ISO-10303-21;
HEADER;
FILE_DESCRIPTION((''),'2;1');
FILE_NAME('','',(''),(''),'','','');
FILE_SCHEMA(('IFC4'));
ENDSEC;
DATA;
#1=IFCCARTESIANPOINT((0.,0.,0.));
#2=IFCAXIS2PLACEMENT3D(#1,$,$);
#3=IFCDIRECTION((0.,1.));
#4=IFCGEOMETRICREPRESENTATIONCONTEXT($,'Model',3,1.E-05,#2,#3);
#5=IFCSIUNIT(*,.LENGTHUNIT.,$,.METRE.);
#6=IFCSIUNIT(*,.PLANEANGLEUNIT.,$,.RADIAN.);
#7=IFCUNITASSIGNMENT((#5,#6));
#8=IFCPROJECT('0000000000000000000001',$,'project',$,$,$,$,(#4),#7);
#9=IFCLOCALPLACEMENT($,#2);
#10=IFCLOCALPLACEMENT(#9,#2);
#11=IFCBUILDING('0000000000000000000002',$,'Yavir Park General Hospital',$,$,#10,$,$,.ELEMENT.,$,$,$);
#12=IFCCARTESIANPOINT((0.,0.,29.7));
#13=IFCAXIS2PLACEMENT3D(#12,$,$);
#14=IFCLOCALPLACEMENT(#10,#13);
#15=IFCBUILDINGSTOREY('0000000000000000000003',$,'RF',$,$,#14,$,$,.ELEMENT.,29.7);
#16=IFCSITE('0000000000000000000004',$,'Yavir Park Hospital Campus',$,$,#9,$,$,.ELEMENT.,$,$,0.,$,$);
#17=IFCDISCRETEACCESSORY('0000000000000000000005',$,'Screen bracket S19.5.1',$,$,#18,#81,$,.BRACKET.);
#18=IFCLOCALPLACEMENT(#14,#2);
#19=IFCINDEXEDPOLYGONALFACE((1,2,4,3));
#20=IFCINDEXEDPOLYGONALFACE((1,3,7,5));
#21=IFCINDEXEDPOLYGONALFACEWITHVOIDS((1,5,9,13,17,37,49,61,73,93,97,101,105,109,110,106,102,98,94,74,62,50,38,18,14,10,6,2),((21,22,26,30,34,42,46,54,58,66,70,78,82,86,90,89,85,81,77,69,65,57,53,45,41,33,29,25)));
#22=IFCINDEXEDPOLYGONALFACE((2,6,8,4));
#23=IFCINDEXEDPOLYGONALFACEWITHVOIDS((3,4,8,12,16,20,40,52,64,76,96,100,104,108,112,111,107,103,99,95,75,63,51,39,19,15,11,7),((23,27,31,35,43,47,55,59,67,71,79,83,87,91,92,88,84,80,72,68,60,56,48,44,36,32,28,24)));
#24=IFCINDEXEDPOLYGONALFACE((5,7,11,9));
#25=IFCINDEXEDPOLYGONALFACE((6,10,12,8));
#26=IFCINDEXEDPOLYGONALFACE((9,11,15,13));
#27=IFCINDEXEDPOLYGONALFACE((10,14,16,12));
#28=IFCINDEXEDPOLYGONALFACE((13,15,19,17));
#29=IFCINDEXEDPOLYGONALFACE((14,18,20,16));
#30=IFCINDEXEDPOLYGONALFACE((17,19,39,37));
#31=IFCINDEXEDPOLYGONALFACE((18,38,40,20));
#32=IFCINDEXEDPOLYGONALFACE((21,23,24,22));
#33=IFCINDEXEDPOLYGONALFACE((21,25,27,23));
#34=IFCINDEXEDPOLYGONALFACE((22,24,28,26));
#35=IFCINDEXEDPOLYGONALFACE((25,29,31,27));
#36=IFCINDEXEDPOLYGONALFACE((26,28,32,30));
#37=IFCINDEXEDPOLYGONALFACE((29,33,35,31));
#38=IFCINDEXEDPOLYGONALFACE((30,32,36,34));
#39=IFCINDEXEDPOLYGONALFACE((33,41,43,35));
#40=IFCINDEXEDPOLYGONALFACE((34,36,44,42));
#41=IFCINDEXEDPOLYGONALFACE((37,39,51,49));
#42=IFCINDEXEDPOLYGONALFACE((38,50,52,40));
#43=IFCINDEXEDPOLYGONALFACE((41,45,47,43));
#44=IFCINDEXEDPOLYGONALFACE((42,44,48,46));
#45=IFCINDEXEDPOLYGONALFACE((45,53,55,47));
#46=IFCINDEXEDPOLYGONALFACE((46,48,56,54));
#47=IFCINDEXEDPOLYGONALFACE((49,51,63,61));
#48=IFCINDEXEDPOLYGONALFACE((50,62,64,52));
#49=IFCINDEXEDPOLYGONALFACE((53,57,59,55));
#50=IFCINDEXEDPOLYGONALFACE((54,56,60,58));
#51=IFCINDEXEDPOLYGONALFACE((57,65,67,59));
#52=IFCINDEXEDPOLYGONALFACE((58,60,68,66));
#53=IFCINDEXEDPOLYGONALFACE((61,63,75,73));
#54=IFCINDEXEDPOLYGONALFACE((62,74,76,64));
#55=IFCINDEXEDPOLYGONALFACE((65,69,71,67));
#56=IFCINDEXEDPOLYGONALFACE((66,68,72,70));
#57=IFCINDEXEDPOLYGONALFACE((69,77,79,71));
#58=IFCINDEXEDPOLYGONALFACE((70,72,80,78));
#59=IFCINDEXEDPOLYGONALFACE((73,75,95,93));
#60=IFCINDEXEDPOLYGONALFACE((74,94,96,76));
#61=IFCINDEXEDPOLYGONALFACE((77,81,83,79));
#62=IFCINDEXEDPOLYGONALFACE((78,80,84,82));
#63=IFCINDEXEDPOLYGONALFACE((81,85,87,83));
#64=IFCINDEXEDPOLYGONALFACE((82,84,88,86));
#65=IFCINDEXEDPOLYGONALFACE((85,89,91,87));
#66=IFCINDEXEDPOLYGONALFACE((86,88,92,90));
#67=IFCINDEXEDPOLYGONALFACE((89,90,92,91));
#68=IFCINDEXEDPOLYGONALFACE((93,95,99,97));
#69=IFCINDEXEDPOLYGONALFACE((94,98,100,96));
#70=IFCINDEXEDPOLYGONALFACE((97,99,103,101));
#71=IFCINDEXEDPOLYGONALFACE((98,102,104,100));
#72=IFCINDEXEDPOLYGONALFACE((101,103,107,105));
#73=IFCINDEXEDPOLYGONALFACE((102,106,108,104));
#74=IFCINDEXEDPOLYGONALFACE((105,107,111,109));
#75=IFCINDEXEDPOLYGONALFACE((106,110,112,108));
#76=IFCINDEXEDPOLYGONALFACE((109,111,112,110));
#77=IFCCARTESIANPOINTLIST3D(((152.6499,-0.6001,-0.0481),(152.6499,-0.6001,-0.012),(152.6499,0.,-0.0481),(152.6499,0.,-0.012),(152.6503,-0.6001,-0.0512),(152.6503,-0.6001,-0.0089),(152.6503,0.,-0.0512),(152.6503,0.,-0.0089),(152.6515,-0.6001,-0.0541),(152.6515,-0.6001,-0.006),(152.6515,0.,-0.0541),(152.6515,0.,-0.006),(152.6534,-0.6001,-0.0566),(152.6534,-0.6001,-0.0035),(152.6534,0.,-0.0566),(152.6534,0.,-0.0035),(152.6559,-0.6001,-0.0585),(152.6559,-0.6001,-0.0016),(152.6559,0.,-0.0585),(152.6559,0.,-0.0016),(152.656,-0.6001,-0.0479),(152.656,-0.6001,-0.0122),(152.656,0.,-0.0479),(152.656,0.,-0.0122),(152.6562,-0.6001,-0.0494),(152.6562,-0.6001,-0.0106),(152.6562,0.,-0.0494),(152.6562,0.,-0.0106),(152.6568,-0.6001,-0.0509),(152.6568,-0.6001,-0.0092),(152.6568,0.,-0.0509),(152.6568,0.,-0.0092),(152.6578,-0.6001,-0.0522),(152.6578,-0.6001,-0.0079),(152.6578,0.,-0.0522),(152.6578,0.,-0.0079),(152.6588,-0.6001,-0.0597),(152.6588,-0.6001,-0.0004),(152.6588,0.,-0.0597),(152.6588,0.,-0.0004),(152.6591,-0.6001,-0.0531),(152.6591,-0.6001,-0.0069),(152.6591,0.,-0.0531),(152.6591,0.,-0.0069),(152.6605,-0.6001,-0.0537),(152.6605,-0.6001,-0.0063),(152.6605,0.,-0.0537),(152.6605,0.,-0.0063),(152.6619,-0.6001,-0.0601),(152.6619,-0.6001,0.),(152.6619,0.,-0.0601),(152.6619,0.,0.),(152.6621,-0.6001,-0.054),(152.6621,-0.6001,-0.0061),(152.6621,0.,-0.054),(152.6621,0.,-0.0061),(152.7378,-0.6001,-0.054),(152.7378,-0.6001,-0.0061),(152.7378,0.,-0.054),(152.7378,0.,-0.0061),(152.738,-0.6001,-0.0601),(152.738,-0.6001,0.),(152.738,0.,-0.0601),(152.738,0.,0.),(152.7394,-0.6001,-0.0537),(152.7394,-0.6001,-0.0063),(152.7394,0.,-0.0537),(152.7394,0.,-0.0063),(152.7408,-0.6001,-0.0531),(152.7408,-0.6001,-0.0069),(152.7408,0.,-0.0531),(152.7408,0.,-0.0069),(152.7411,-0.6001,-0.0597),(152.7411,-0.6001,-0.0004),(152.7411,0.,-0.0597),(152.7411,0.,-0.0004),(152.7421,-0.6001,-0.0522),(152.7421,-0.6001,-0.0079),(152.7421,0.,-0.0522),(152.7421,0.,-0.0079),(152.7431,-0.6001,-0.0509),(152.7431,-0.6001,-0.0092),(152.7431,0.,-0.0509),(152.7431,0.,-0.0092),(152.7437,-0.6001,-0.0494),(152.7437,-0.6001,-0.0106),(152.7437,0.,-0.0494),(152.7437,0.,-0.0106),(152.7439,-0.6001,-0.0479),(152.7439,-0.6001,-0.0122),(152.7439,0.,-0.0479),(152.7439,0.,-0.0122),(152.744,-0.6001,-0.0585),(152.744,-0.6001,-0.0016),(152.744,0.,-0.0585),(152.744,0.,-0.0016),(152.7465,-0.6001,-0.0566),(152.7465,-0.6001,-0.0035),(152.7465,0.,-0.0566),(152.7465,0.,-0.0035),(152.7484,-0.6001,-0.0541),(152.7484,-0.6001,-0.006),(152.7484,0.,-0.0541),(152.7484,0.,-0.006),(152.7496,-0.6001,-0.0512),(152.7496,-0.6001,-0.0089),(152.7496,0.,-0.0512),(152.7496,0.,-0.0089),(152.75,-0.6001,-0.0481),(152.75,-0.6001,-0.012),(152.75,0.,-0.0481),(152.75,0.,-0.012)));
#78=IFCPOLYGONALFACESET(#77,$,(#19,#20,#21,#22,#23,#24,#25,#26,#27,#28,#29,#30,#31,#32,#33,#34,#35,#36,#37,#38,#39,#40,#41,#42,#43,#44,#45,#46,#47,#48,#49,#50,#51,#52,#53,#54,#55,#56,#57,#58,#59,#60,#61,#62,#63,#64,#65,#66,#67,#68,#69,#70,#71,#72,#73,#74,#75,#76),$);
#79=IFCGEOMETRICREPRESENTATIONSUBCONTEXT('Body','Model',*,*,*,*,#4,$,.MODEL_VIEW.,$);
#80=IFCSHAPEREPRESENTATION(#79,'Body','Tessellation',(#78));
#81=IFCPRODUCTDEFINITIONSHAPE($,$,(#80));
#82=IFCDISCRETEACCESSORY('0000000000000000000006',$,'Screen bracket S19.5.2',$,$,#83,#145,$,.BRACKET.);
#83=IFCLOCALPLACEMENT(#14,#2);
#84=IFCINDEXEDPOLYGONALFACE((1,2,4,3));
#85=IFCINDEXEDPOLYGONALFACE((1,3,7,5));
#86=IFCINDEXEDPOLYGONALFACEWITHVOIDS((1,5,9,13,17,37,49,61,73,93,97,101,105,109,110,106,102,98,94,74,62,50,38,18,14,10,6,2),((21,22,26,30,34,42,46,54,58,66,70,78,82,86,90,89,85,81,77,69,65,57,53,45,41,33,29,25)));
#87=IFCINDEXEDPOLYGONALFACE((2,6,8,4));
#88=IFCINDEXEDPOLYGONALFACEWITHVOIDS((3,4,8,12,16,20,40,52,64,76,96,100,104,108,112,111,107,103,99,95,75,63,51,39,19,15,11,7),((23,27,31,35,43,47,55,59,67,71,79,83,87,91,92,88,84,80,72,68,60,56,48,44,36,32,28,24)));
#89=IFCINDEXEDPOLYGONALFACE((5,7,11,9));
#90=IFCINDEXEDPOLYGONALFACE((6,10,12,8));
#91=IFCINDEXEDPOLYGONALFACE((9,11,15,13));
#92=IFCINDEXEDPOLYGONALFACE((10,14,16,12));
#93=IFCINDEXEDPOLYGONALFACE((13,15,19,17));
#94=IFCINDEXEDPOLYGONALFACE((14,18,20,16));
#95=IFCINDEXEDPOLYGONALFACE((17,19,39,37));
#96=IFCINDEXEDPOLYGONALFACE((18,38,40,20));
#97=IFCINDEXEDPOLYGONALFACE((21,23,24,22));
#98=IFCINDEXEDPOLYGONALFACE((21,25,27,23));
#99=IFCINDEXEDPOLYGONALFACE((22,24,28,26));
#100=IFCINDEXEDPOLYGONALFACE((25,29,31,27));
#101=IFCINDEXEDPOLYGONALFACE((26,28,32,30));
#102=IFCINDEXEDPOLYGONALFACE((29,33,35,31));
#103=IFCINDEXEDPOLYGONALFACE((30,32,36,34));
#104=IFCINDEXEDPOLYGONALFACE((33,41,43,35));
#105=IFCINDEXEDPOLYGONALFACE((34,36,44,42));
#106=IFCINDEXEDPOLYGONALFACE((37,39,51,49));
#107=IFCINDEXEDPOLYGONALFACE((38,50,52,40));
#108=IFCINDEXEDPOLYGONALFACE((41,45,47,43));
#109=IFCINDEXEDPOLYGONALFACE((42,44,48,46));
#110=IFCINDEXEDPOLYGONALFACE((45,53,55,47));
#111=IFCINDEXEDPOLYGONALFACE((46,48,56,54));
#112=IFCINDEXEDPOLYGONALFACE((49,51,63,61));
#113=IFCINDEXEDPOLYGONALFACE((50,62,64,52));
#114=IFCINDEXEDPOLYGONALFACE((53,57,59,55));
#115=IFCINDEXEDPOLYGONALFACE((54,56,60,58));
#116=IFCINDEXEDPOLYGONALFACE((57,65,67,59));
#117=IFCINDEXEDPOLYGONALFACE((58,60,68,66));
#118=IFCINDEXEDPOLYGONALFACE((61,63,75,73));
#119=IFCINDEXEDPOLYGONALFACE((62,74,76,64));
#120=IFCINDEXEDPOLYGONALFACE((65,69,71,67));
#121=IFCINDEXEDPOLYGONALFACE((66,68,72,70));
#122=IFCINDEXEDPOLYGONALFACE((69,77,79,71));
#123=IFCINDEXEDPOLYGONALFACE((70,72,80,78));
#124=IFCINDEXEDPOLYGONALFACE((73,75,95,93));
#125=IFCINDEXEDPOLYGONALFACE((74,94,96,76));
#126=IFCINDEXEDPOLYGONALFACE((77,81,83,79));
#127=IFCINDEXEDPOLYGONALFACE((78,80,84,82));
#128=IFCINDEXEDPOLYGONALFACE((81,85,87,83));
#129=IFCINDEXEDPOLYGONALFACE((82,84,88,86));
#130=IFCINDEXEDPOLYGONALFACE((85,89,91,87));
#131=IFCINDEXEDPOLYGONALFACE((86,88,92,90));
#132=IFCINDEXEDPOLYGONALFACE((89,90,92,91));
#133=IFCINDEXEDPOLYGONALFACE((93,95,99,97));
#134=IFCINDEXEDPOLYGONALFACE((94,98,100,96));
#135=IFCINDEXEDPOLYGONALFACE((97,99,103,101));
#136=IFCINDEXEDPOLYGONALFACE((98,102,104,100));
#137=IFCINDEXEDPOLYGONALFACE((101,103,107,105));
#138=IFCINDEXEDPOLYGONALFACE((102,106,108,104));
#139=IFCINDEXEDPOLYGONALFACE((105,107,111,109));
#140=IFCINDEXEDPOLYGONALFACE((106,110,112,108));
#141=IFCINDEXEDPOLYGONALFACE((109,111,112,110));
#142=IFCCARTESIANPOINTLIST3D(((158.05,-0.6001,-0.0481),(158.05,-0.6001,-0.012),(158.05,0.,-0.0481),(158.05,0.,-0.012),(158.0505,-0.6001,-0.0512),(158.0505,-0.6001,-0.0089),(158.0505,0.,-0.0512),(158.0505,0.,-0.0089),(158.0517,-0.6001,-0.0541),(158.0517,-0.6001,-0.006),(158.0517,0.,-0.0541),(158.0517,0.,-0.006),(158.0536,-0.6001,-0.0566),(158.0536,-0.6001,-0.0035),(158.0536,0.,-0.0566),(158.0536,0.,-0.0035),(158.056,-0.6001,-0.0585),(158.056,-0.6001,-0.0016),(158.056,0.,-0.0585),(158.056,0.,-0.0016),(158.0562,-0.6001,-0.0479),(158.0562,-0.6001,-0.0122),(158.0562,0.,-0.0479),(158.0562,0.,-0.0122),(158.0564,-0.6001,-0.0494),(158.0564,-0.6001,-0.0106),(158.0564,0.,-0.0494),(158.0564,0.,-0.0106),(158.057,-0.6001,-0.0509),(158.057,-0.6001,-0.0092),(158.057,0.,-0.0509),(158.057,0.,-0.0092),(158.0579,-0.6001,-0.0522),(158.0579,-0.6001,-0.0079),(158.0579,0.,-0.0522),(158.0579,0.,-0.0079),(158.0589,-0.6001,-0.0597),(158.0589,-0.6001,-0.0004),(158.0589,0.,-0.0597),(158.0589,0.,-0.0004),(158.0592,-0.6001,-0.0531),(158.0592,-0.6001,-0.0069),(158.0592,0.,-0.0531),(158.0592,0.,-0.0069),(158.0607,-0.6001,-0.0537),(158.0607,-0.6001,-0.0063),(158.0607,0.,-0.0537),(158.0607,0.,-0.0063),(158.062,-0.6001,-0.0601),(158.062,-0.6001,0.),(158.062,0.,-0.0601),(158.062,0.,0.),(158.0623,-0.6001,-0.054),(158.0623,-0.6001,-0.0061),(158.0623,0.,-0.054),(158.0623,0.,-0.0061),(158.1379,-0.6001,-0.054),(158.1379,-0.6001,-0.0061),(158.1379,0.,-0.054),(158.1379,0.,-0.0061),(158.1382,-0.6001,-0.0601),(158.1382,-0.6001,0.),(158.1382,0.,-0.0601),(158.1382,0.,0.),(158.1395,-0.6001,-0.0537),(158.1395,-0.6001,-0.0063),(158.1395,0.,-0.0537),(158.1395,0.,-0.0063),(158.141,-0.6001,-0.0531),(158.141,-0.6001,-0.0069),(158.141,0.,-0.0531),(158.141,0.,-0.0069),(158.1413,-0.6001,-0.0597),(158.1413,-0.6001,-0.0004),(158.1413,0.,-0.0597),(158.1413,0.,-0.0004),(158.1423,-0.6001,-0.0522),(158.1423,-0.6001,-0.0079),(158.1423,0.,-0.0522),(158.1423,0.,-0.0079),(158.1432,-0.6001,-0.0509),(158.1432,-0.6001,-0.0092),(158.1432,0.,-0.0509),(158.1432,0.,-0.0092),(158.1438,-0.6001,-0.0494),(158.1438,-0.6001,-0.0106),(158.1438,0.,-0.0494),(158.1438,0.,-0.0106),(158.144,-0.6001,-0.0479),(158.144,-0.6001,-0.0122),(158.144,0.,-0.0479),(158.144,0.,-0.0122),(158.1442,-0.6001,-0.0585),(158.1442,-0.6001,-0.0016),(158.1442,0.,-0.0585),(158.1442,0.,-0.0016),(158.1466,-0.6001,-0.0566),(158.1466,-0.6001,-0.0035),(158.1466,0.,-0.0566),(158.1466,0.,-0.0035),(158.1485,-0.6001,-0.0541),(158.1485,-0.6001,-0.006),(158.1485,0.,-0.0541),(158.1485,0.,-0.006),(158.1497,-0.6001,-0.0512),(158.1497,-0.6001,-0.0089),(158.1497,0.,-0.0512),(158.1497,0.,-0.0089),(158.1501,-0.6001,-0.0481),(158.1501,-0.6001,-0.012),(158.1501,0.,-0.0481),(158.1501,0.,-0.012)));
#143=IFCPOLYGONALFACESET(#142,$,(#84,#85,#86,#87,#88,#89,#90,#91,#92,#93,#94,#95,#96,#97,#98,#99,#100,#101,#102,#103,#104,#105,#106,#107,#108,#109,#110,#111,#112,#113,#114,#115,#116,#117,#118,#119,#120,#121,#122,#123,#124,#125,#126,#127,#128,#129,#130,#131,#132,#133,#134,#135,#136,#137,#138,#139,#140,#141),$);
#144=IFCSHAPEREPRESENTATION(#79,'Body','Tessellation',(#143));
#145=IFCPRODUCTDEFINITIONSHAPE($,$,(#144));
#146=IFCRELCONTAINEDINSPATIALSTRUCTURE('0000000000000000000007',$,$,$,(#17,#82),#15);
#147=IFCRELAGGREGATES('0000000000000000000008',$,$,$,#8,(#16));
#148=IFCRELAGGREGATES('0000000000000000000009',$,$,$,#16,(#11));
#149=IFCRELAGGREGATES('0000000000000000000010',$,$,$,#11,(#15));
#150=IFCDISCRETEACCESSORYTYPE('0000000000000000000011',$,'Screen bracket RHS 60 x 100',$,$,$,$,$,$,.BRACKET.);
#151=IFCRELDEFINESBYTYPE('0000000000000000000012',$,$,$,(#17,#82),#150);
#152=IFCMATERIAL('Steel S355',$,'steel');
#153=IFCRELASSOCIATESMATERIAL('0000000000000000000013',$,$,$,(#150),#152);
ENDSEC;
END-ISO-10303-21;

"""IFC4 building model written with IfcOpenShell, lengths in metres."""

from ifc_helpers import new_model, si_unit, direction, frame, origin, origin_2d, place, context, subcontext, project, spatial, hollow_rectangle, extrude, material, material_profile, profile_set, type_object, element, save


model = new_model("IFC4")

# Units and contexts
model_context = context("Model", 3, precision=1e-05, world=origin(), true_north=direction((0.0, 1.0)))
body_context = subcontext(model_context, "Body", "Model", "MODEL_VIEW")
ifc_project = project(units=[si_unit("LENGTHUNIT", "METRE"), si_unit("PLANEANGLEUNIT", "RADIAN")], contexts=[model_context])

# Site, building, storey
site_placement = place(None, origin())
site = spatial("IfcSite", under=ifc_project, at=site_placement, Name="Yavir Park Hospital Campus", CompositionType="ELEMENT", RefElevation=0.0)
building_placement = place(site_placement, origin())
building = spatial("IfcBuilding", under=site, at=building_placement, Name="Yavir Park General Hospital", CompositionType="ELEMENT")
storey_placement = place(building_placement, frame((0.0, 0.0, 29.7)))
storey = spatial("IfcBuildingStorey", under=building, at=storey_placement, Name="RF", CompositionType="ELEMENT", Elevation=29.7)

# Discrete accessories
ifc_material_1 = material(Name="Steel S355", Category="steel")
ifc_material_profile_1 = material_profile(ifc_material_1, hollow_rectangle(XDim=0.1001, YDim=0.0601, WallThickness=0.0061, InnerFilletRadius=0.0061, OuterFilletRadius=0.012, at=origin_2d()), Name="RHS60x100x6")
ifc_profile_set_1 = profile_set([ifc_material_profile_1], Name="Steel S355")
discrete_accessory_type = type_object("IfcDiscreteAccessoryType", Name="Screen bracket RHS 60 x 100", PredefinedType="BRACKET", material=ifc_profile_set_1)
for number, where, z_axis, x_axis, name in (
    (1, (152.7, 0.0, -0.03), (0.0, -1.0, 0.0), (1.0, 0.0, 0.0), "Screen bracket S19.5.1"),
    (2, (158.1001, 0.0, -0.03), (0.0, -1.0, 0.0), (1.0, 0.0, 0.0), "Screen bracket S19.5.2"),
):
    element("IfcDiscreteAccessory", number, at=place(storey_placement, frame(where, z_axis=z_axis, x_axis=x_axis)), inside=storey, type_object=discrete_accessory_type, Name=name, PredefinedType="BRACKET", context=body_context, shape_type="SweptSolid", body=[
        extrude(hollow_rectangle(XDim=0.1001, YDim=0.0601, WallThickness=0.0061, InnerFilletRadius=0.0061, OuterFilletRadius=0.012, at=origin_2d()), origin(), (0.0, 0.0, 1.0), 0.6001),
    ])

save(model, "model.ifc")
